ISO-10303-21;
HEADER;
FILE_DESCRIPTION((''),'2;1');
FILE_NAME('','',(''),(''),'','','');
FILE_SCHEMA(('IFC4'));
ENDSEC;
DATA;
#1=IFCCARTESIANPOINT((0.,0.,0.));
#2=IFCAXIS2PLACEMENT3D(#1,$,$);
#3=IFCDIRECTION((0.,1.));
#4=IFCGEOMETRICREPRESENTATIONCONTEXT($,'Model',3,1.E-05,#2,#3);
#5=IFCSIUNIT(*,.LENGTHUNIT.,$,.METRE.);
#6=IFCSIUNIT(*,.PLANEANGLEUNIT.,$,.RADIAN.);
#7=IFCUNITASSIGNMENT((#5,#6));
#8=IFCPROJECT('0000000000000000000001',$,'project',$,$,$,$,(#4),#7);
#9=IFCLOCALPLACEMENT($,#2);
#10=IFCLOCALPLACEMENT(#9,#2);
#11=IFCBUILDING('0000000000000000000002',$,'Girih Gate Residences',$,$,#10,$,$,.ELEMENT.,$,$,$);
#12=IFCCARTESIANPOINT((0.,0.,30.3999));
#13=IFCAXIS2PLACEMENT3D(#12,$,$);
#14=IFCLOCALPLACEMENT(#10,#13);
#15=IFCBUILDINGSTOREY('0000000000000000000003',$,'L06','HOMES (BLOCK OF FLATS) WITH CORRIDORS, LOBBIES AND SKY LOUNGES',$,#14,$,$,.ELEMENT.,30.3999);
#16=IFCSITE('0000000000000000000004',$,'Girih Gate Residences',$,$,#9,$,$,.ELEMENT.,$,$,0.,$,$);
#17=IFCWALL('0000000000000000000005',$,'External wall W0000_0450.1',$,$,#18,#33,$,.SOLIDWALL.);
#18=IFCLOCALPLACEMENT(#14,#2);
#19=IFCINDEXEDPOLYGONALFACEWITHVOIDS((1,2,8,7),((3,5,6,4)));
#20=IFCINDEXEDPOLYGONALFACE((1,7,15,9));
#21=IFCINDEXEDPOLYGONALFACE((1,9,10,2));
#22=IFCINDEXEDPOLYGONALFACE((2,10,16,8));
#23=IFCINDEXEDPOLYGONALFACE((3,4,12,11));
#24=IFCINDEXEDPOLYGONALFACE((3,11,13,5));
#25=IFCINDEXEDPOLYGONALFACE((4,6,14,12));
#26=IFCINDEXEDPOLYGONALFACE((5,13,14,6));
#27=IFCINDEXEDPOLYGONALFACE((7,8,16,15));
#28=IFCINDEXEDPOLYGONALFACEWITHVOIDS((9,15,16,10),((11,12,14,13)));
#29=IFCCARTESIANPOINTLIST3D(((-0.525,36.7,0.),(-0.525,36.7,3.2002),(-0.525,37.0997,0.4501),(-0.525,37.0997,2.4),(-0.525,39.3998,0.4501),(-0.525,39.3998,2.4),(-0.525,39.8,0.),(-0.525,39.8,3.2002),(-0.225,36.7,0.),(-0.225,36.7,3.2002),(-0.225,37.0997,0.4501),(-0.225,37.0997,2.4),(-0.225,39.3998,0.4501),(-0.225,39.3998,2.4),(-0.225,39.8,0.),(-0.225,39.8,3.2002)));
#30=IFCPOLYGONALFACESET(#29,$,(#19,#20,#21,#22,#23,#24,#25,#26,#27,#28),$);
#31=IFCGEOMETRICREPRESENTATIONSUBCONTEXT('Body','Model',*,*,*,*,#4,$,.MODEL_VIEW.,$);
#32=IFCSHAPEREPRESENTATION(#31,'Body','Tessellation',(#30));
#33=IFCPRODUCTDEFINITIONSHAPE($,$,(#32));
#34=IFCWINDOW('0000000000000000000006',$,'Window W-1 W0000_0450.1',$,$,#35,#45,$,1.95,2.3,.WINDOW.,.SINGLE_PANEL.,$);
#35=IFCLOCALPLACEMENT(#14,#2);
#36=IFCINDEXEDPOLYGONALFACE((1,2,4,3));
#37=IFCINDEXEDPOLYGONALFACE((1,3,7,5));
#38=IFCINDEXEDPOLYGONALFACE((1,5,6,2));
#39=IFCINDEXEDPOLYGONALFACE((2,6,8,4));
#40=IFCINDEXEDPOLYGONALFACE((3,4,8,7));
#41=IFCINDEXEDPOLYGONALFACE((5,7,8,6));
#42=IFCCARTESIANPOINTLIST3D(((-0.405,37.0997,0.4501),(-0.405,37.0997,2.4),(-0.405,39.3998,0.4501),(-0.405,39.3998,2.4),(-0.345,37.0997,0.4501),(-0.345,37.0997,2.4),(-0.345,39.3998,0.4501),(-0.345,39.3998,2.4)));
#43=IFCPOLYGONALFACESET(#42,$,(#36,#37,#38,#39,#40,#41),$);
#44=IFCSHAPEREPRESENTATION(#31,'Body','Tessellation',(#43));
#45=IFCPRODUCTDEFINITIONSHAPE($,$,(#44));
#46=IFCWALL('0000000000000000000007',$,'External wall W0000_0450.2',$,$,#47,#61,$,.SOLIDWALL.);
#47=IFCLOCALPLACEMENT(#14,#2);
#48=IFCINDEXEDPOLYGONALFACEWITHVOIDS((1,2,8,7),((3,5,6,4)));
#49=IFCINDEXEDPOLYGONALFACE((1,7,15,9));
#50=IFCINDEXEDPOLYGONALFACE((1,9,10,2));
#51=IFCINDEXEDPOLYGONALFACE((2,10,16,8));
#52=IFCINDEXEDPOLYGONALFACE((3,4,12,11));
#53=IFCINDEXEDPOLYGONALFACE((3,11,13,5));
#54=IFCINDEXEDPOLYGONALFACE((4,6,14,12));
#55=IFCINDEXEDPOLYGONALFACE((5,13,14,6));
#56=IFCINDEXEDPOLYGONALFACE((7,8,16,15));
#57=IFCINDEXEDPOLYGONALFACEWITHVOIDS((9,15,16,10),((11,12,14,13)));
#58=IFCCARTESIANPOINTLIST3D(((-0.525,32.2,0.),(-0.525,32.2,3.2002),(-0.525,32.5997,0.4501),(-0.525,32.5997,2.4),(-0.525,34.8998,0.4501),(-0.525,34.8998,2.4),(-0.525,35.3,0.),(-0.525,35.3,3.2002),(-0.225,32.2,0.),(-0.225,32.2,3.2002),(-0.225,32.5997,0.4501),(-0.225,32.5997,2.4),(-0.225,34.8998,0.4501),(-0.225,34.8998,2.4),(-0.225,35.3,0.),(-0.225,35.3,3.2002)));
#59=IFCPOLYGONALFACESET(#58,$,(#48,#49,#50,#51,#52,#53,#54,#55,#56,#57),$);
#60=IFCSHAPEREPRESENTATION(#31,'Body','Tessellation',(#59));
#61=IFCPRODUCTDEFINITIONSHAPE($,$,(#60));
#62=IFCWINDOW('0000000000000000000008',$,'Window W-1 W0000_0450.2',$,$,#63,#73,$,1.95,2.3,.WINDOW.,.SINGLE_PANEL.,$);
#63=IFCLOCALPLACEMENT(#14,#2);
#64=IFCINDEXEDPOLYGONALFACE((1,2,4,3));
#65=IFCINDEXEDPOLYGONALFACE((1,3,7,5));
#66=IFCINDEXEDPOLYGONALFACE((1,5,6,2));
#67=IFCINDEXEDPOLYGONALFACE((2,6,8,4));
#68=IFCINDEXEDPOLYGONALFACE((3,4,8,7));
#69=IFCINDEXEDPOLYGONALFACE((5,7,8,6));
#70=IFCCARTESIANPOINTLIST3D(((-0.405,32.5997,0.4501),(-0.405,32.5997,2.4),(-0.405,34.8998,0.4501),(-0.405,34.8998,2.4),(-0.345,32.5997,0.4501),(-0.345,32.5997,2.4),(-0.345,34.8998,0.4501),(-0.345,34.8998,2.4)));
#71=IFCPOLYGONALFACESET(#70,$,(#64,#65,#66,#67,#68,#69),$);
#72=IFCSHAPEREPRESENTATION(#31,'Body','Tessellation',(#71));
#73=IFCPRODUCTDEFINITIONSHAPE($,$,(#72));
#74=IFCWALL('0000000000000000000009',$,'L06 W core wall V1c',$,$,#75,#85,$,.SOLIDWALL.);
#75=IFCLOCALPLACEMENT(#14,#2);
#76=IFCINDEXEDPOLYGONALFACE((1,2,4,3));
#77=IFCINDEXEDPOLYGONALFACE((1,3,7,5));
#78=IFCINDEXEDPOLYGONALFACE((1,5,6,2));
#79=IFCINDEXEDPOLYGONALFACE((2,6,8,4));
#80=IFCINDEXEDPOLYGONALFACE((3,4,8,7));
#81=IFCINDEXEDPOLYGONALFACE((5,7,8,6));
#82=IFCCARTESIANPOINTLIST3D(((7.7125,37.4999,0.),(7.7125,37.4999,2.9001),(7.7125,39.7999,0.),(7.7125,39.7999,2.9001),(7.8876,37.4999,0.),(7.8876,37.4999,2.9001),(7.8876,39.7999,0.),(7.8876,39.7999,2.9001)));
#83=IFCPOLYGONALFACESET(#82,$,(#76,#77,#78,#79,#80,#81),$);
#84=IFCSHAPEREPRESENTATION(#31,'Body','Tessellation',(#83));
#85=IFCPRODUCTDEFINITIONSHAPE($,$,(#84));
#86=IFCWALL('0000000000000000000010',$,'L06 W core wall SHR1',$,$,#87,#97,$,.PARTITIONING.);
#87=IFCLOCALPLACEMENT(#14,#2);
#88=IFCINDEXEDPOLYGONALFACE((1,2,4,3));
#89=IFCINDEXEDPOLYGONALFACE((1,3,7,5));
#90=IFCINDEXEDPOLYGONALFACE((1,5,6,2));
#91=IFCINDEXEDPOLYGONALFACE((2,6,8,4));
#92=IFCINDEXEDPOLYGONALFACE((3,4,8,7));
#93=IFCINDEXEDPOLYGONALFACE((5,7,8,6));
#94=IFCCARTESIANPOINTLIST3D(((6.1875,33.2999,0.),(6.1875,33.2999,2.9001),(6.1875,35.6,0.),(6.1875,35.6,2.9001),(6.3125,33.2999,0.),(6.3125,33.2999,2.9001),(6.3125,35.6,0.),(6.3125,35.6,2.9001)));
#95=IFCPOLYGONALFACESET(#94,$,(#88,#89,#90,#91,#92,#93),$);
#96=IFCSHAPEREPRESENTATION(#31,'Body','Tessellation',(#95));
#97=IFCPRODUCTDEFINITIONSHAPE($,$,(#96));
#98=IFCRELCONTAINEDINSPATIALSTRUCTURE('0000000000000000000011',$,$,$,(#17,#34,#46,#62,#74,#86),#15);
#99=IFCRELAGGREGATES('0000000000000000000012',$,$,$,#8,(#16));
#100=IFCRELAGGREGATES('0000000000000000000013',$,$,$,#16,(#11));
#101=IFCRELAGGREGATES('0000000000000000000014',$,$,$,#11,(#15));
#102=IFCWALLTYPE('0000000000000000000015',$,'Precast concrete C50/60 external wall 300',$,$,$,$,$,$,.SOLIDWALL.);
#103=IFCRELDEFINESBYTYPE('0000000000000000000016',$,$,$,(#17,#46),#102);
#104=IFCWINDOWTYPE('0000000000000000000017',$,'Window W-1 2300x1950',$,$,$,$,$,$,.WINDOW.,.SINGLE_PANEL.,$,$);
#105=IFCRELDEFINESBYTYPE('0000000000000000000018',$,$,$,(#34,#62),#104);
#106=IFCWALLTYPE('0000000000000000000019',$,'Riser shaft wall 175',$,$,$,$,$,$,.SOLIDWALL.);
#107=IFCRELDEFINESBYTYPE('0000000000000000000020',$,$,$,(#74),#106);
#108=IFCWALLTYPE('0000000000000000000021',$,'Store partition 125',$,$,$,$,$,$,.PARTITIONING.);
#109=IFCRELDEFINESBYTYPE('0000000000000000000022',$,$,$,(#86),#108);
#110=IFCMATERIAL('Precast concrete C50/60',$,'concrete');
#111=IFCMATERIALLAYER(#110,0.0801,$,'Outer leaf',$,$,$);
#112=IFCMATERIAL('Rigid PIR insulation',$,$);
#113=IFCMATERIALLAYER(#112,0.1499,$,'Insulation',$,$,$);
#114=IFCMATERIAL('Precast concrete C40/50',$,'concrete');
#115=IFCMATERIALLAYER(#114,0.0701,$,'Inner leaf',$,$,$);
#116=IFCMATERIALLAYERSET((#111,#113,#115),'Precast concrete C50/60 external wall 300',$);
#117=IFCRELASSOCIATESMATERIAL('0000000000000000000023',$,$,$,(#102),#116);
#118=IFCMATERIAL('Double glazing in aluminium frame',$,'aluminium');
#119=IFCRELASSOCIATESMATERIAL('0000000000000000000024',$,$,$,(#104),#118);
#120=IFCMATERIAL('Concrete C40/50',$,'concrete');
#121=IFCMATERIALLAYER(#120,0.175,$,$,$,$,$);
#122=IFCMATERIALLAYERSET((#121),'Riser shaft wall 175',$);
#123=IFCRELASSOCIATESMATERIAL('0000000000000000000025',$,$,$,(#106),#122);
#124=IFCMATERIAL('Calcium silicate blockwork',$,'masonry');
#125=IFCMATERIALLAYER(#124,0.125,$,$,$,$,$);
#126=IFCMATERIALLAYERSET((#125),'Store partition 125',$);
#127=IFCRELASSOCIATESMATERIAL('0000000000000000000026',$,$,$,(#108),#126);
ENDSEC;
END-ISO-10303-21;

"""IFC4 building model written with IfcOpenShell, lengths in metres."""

from ifc_helpers import new_model, si_unit, direction, frame, frame_2d, origin, place, context, subcontext, project, spatial, rectangle, extrude, material, layer, layer_set, type_object, element, fill, save


model = new_model("IFC4")

# Units and contexts
model_context = context("Model", 3, precision=1e-05, world=origin(), true_north=direction((0.0, 1.0)))
body_context = subcontext(model_context, "Body", "Model", "MODEL_VIEW")
ifc_project = project(units=[si_unit("LENGTHUNIT", "METRE"), si_unit("PLANEANGLEUNIT", "RADIAN")], contexts=[model_context])

# Site, building, storey
site_placement = place(None, origin())
site = spatial("IfcSite", under=ifc_project, at=site_placement, Name="Girih Gate Residences", CompositionType="ELEMENT", RefElevation=0.0)
building_placement = place(site_placement, origin())
building = spatial("IfcBuilding", under=site, at=building_placement, Name="Girih Gate Residences", CompositionType="ELEMENT")
storey_placement = place(building_placement, frame((0.0, 0.0, 30.3999)))
storey = spatial("IfcBuildingStorey", under=building, at=storey_placement, Name="L06", Description="HOMES (BLOCK OF FLATS) WITH CORRIDORS, LOBBIES AND SKY LOUNGES", CompositionType="ELEMENT", Elevation=30.3999)

# Shared definitions
ifc_material_1 = material(Name="Concrete C40/50", Category="concrete")

# Walls, openings, windows
ifc_material_2 = material(Name="Precast concrete C50/60", Category="concrete")
ifc_layer_1 = layer(ifc_material_2, 0.0801, Name="Outer leaf")
ifc_material_3 = material(Name="Rigid PIR insulation")
ifc_layer_2 = layer(ifc_material_3, 0.1499, Name="Insulation")
ifc_material_4 = material(Name="Precast concrete C40/50", Category="concrete")
ifc_layer_3 = layer(ifc_material_4, 0.0701, Name="Inner leaf")
ifc_layer_set_1 = layer_set([ifc_layer_1, ifc_layer_2, ifc_layer_3], Name="Precast concrete C50/60 external wall 300")
wall_type_1 = type_object("IfcWallType", Name="Precast concrete C50/60 external wall 300", PredefinedType="SOLIDWALL", material=ifc_layer_set_1)
wall_1_placement = place(storey_placement, frame((-0.375, 36.7, 0.0), z_axis=(0.0, 0.0, 1.0), x_axis=(0.0, 1.0, 0.0)))
wall_1 = element("IfcWall", 1, at=wall_1_placement, inside=storey, type_object=wall_type_1, Name="External wall W0000_0450.1", PredefinedType="SOLIDWALL", context=body_context, shape_type="SweptSolid", body=[
    extrude(rectangle(XDim=3.1001, YDim=0.3, at=frame_2d((1.55, 0.0))), origin(), (0.0, 0.0, 1.0), 3.2002),
])
opening_1_placement = place(wall_1_placement, frame((0.3999, 0.0, 0.45)))
opening_1 = element("IfcOpeningElement", 2, at=opening_1_placement, cuts=wall_1, PredefinedType="OPENING", context=body_context, shape_type="SweptSolid", body=[
    extrude(rectangle(XDim=2.3, YDim=1.95, at=frame_2d((1.1499, 0.9751))), frame((0.0, 0.1599, 0.0), z_axis=(0.0, -1.0, 0.0), x_axis=(1.0, 0.0, 0.0)), (0.0, 0.0, 1.0), 0.3201),
])
ifc_material_5 = material(Name="Double glazing in aluminium frame", Category="aluminium")
window_type = type_object("IfcWindowType", Name="Window W-1 2300x1950", PartitioningType="SINGLE_PANEL", PredefinedType="WINDOW", material=ifc_material_5)
window_1_placement = place(opening_1_placement, origin())
window_1 = element("IfcWindow", 3, at=window_1_placement, inside=storey, type_object=window_type, Name="Window W-1 W0000_0450.1", OverallHeight=1.95, OverallWidth=2.3, PartitioningType="SINGLE_PANEL", PredefinedType="WINDOW", context=body_context, shape_type="SweptSolid", body=[
    extrude(rectangle(XDim=2.3, YDim=1.95, at=frame_2d((1.1499, 0.9751))), frame((0.0, 0.03, 0.0), z_axis=(0.0, -1.0, 0.0), x_axis=(1.0, 0.0, 0.0)), (0.0, 0.0, 1.0), 0.0601),
])
fill(opening_1, window_1)
wall_2_placement = place(storey_placement, frame((-0.375, 32.2, 0.0), z_axis=(0.0, 0.0, 1.0), x_axis=(0.0, 1.0, 0.0)))
wall_2 = element("IfcWall", 4, at=wall_2_placement, inside=storey, type_object=wall_type_1, Name="External wall W0000_0450.2", PredefinedType="SOLIDWALL", context=body_context, shape_type="SweptSolid", body=[
    extrude(rectangle(XDim=3.1001, YDim=0.3, at=frame_2d((1.55, 0.0))), origin(), (0.0, 0.0, 1.0), 3.2002),
])
opening_2_placement = place(wall_2_placement, frame((0.3999, 0.0, 0.45)))
opening_2 = element("IfcOpeningElement", 5, at=opening_2_placement, cuts=wall_2, PredefinedType="OPENING", context=body_context, shape_type="SweptSolid", body=[
    extrude(rectangle(XDim=2.3, YDim=1.95, at=frame_2d((1.1499, 0.9751))), frame((0.0, 0.1599, 0.0), z_axis=(0.0, -1.0, 0.0), x_axis=(1.0, 0.0, 0.0)), (0.0, 0.0, 1.0), 0.3201),
])
window_2_placement = place(opening_2_placement, origin())
window_2 = element("IfcWindow", 6, at=window_2_placement, inside=storey, type_object=window_type, Name="Window W-1 W0000_0450.2", OverallHeight=1.95, OverallWidth=2.3, PartitioningType="SINGLE_PANEL", PredefinedType="WINDOW", context=body_context, shape_type="SweptSolid", body=[
    extrude(rectangle(XDim=2.3, YDim=1.95, at=frame_2d((1.1499, 0.9751))), frame((0.0, 0.03, 0.0), z_axis=(0.0, -1.0, 0.0), x_axis=(1.0, 0.0, 0.0)), (0.0, 0.0, 1.0), 0.0601),
])
fill(opening_2, window_2)

# Walls
ifc_layer_4 = layer(ifc_material_1, 0.175)
ifc_layer_set_2 = layer_set([ifc_layer_4], Name="Riser shaft wall 175")
wall_type_2 = type_object("IfcWallType", Name="Riser shaft wall 175", PredefinedType="SOLIDWALL", material=ifc_layer_set_2)
wall_3_placement = place(storey_placement, frame((7.8, 37.5, 0.0), z_axis=(0.0, 0.0, 1.0), x_axis=(0.0, 1.0, 0.0)))
element("IfcWall", 7, at=wall_3_placement, inside=storey, type_object=wall_type_2, Name="L06 W core wall V1c", PredefinedType="SOLIDWALL", context=body_context, shape_type="SweptSolid", body=[
    extrude(rectangle(XDim=2.3, YDim=0.175, at=frame_2d((1.1499, 0.0))), origin(), (0.0, 0.0, 1.0), 2.9001),
])
ifc_material_6 = material(Name="Calcium silicate blockwork", Category="masonry")
ifc_layer_5 = layer(ifc_material_6, 0.125)
ifc_layer_set_3 = layer_set([ifc_layer_5], Name="Store partition 125")
wall_type_3 = type_object("IfcWallType", Name="Store partition 125", PredefinedType="PARTITIONING", material=ifc_layer_set_3)
wall_4_placement = place(storey_placement, frame((6.25, 33.3, 0.0), z_axis=(0.0, 0.0, 1.0), x_axis=(0.0, 1.0, 0.0)))
element("IfcWall", 8, at=wall_4_placement, inside=storey, type_object=wall_type_3, Name="L06 W core wall SHR1", PredefinedType="PARTITIONING", context=body_context, shape_type="SweptSolid", body=[
    extrude(rectangle(XDim=2.3, YDim=0.125, at=frame_2d((1.1499, 0.0))), origin(), (0.0, 0.0, 1.0), 2.9001),
])

save(model, "model.ifc")
